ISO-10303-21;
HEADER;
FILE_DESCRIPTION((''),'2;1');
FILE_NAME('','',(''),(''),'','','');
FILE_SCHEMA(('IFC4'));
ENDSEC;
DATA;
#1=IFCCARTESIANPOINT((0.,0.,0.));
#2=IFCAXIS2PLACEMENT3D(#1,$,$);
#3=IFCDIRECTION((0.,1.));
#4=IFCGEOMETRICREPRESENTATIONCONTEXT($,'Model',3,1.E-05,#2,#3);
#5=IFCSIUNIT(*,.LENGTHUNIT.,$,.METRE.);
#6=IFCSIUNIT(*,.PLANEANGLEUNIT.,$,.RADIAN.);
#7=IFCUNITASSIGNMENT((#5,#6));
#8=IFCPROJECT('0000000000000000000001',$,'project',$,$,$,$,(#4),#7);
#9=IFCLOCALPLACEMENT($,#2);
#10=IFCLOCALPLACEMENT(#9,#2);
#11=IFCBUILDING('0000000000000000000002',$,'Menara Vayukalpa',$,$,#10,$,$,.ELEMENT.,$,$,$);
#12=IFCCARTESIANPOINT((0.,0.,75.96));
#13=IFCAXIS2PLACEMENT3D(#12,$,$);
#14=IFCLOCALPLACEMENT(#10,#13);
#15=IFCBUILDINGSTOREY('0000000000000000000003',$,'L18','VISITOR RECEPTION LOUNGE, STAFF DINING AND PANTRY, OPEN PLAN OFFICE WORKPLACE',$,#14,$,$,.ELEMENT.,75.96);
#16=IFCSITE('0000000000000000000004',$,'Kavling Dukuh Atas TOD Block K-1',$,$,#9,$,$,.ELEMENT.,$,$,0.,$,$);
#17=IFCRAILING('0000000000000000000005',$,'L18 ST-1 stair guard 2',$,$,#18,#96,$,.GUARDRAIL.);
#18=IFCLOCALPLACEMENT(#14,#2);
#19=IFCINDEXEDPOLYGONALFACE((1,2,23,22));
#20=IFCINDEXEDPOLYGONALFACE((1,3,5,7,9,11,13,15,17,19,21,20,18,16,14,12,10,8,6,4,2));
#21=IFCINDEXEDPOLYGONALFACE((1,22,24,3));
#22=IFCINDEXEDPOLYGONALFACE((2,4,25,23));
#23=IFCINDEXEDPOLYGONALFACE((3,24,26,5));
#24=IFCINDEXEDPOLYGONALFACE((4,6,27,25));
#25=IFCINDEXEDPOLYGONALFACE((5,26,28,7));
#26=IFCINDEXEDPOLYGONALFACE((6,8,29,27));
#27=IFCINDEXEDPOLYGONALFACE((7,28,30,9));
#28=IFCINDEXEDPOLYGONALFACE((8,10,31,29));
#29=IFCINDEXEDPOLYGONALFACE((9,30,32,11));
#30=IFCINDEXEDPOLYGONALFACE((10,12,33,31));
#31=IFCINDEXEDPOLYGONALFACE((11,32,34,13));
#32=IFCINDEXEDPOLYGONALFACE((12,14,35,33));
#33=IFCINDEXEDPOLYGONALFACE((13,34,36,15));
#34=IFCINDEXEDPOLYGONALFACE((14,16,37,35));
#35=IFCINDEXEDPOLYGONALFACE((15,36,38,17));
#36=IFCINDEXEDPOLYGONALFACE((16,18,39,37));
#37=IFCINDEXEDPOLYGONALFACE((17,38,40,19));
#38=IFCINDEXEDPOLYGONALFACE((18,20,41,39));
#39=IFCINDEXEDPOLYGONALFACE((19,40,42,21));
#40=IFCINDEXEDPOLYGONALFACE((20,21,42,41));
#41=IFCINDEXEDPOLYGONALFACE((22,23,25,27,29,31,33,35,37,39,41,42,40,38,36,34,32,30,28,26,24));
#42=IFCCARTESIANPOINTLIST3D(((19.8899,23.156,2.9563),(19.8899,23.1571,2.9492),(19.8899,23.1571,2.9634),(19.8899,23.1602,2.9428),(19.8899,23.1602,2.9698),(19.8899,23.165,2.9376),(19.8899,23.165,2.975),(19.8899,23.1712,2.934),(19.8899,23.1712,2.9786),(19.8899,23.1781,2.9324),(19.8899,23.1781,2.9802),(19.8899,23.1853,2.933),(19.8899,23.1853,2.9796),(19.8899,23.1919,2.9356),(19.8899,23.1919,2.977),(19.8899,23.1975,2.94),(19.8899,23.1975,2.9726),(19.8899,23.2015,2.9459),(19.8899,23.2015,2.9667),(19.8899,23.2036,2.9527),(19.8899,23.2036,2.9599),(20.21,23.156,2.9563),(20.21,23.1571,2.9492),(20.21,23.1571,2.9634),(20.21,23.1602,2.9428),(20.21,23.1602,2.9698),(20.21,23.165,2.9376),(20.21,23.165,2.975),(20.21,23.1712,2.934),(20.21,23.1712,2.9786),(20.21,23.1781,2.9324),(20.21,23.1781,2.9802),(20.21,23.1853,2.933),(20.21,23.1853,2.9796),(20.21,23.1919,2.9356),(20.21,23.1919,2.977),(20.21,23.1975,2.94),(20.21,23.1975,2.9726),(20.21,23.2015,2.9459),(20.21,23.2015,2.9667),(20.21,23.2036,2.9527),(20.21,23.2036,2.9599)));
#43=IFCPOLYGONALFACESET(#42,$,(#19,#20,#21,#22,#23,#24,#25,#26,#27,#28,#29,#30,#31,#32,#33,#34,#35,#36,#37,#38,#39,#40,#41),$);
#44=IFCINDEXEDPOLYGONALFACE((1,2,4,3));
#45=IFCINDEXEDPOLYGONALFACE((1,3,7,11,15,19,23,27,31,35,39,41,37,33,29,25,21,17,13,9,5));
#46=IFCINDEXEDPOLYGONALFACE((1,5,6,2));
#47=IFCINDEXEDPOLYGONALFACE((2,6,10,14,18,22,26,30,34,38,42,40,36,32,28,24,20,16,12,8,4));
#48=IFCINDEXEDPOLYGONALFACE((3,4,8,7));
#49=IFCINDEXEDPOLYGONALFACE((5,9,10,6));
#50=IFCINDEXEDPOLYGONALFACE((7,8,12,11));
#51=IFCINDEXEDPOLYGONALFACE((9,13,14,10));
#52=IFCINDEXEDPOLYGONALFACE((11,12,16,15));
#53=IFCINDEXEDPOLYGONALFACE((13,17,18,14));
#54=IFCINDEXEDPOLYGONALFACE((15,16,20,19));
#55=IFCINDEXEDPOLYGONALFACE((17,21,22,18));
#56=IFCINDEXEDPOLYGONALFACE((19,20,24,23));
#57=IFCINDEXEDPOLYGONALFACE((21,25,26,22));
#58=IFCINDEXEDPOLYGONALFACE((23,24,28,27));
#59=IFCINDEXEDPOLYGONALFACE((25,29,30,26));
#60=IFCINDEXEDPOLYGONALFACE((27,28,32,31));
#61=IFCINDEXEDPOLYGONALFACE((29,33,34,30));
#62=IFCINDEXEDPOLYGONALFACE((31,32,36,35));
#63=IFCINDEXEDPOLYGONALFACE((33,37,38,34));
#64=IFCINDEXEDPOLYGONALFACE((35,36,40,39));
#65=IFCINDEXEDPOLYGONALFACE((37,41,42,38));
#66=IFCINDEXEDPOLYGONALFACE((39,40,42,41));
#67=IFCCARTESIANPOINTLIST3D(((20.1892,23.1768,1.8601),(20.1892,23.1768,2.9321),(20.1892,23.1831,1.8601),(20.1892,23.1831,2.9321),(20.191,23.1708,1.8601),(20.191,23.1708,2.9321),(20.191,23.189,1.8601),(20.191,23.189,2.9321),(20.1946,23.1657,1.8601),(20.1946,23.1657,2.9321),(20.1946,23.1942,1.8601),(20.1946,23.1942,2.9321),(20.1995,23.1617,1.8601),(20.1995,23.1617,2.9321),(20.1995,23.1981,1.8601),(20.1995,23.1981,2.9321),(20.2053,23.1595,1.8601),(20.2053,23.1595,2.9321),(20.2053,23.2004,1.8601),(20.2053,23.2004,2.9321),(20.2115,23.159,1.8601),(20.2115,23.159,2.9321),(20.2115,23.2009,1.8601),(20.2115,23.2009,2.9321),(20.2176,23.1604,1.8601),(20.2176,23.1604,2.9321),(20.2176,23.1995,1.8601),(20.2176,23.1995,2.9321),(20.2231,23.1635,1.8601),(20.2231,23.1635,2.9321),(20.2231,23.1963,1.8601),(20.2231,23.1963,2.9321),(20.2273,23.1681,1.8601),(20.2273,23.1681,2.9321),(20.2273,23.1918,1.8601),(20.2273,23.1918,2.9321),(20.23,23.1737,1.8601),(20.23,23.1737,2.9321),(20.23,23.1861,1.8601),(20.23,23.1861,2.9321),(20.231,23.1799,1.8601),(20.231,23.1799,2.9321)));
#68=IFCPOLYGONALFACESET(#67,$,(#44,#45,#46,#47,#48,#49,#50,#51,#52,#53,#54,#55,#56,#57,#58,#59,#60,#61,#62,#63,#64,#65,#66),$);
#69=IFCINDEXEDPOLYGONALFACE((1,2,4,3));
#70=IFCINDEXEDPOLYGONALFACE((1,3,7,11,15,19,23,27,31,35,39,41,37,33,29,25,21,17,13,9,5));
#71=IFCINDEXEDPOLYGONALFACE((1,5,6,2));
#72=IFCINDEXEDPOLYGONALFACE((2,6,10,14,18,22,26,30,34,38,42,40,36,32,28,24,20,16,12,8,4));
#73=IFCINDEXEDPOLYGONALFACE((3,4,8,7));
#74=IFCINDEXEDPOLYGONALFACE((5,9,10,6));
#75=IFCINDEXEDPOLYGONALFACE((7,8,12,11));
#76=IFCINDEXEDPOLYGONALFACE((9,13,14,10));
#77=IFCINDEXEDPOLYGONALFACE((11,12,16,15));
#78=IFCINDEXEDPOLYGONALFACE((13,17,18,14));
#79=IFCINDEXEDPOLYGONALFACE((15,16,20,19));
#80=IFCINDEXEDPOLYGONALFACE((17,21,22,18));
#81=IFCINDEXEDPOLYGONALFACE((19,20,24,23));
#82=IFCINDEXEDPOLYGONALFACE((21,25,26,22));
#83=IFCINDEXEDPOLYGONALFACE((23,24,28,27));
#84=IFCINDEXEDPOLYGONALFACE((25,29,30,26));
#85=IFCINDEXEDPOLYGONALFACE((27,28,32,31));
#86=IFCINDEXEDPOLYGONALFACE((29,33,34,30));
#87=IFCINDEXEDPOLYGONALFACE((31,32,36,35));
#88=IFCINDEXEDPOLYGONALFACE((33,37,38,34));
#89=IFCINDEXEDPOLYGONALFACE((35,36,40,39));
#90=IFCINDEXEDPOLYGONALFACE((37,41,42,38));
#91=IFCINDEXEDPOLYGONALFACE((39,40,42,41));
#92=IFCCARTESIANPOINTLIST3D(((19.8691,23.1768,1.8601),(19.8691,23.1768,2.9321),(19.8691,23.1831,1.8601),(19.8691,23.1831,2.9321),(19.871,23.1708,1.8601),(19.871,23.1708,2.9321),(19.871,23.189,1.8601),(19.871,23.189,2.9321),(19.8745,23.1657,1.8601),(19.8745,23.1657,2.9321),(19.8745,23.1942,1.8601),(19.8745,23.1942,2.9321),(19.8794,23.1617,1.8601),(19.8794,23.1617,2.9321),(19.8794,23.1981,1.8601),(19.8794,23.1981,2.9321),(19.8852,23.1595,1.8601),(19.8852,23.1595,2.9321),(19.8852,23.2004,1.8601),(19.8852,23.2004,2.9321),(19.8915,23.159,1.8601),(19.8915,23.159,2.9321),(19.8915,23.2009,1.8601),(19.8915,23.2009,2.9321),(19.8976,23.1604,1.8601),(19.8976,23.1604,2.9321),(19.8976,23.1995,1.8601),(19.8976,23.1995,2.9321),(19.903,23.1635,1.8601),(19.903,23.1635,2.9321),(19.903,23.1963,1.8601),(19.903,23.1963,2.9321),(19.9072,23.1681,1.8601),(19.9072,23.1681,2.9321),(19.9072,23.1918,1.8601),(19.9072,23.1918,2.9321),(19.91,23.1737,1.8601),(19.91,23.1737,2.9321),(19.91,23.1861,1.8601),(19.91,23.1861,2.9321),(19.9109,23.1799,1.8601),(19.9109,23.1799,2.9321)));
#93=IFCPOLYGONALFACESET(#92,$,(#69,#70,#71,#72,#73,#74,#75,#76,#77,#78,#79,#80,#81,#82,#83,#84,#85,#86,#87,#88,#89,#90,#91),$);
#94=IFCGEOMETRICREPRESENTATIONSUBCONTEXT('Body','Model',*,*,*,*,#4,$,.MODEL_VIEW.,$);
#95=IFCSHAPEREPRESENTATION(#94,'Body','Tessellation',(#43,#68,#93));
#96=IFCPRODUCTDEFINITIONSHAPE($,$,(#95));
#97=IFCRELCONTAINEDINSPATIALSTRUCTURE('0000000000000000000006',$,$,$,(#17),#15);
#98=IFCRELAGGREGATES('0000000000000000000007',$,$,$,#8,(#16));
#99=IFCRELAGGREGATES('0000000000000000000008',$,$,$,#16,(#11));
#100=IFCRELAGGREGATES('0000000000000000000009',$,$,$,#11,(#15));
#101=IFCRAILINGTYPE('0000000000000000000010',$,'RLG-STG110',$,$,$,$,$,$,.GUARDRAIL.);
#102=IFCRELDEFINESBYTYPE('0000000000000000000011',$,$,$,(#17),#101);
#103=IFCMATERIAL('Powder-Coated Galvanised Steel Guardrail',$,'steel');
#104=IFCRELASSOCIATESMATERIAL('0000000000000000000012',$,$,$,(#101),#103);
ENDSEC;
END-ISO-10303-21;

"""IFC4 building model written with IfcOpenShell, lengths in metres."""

from ifc_helpers import new_model, si_unit, direction, frame, origin, origin_2d, place, context, subcontext, project, spatial, circle, extrude, material, type_object, element, save


model = new_model("IFC4")

# Units and contexts
model_context = context("Model", 3, precision=1e-05, world=origin(), true_north=direction((0.0, 1.0)))
body_context = subcontext(model_context, "Body", "Model", "MODEL_VIEW")
ifc_project = project(units=[si_unit("LENGTHUNIT", "METRE"), si_unit("PLANEANGLEUNIT", "RADIAN")], contexts=[model_context])

# Site, building, storey
site_placement = place(None, origin())
site = spatial("IfcSite", under=ifc_project, at=site_placement, Name="Kavling Dukuh Atas TOD Block K-1", CompositionType="ELEMENT", RefElevation=0.0)
building_placement = place(site_placement, origin())
building = spatial("IfcBuilding", under=site, at=building_placement, Name="Menara Vayukalpa", CompositionType="ELEMENT")
storey_placement = place(building_placement, frame((0.0, 0.0, 75.96)))
storey = spatial("IfcBuildingStorey", under=building, at=storey_placement, Name="L18", Description="VISITOR RECEPTION LOUNGE, STAFF DINING AND PANTRY, OPEN PLAN OFFICE WORKPLACE", CompositionType="ELEMENT", Elevation=75.96)

# Railing
ifc_material_1 = material(Name="Powder-Coated Galvanised Steel Guardrail", Category="steel")
railing_type_1 = type_object("IfcRailingType", Name="RLG-STG110", PredefinedType="GUARDRAIL", material=ifc_material_1)
railing_1_placement = place(storey_placement, frame((20.21, 23.1799, 1.8601)))
element("IfcRailing", 1, at=railing_1_placement, inside=storey, type_object=railing_type_1, Name="L18 ST-1 stair guard 2", PredefinedType="GUARDRAIL", context=body_context, shape_type="SweptSolid", body=[
    extrude(circle(Radius=0.0239, at=origin_2d()), frame((0.0, 0.0, 1.0962), z_axis=(-1.0, 0.0, 0.0), x_axis=(0.0, -1.0, 0.0)), (0.0, 0.0, 1.0), 0.3201),
    extrude(circle(Radius=0.021, at=origin_2d()), origin(), (0.0, 0.0, 1.0), 1.072),
    extrude(circle(Radius=0.021, at=origin_2d()), frame((-0.3201, 0.0, 0.0)), (0.0, 0.0, 1.0), 1.072),
])

save(model, "model.ifc")
